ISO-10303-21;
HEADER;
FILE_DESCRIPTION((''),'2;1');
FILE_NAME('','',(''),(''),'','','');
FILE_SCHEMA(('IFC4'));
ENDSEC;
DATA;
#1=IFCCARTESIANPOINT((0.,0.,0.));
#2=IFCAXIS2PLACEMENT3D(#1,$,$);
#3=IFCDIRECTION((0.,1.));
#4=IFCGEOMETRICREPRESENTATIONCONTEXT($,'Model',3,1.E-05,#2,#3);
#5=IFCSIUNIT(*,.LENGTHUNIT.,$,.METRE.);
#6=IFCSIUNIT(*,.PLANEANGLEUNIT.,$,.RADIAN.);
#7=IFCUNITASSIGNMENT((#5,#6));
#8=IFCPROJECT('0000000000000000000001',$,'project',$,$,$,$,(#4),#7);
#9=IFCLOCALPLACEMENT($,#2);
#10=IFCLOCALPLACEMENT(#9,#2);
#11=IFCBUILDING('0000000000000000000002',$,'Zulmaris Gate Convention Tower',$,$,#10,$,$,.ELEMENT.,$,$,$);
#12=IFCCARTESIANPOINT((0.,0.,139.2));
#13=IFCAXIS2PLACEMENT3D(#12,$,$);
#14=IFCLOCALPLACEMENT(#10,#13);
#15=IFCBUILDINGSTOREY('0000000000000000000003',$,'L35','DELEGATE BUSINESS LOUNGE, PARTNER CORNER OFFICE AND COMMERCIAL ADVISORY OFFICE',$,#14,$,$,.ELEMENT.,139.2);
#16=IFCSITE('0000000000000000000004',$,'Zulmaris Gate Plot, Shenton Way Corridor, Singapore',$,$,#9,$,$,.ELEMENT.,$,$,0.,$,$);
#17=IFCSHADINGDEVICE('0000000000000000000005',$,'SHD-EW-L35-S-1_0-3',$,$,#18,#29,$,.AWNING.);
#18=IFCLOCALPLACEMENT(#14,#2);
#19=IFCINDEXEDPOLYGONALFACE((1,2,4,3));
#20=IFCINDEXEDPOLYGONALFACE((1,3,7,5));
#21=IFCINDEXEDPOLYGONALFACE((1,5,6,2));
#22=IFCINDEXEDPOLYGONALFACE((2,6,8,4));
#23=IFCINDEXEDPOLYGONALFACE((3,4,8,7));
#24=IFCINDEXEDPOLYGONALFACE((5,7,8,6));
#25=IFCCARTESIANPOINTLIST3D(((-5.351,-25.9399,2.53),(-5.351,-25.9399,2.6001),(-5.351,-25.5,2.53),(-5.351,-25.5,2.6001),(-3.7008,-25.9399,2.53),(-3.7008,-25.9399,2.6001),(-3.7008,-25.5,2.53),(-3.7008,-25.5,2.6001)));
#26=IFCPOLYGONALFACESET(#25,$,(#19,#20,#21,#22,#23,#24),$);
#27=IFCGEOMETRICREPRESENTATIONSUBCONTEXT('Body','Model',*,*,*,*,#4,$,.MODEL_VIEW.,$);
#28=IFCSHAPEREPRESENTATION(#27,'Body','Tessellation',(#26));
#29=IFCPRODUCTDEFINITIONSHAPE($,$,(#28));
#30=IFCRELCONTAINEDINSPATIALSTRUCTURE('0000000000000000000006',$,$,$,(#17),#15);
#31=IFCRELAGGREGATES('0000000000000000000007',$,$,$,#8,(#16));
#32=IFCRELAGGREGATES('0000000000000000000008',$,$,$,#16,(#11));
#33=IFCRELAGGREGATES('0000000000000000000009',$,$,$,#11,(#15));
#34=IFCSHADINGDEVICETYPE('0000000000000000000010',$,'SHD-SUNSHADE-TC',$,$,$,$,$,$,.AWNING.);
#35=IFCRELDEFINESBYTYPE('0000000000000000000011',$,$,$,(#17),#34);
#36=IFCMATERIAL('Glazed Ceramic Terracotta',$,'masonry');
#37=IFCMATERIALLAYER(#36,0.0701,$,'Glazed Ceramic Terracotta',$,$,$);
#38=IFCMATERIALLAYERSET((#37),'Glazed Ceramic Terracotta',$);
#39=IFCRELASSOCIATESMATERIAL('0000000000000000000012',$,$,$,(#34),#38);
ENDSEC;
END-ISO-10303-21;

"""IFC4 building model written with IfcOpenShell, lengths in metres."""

from ifc_helpers import new_model, si_unit, direction, frame, frame_2d, origin, place, context, subcontext, project, spatial, rectangle, extrude, material, layer, layer_set, type_object, element, save


model = new_model("IFC4")

# Units and contexts
model_context = context("Model", 3, precision=1e-05, world=origin(), true_north=direction((0.0, 1.0)))
body_context = subcontext(model_context, "Body", "Model", "MODEL_VIEW")
ifc_project = project(units=[si_unit("LENGTHUNIT", "METRE"), si_unit("PLANEANGLEUNIT", "RADIAN")], contexts=[model_context])

# Site, building, storey
site_placement = place(None, origin())
site = spatial("IfcSite", under=ifc_project, at=site_placement, Name="Zulmaris Gate Plot, Shenton Way Corridor, Singapore", CompositionType="ELEMENT", RefElevation=0.0)
building_placement = place(site_placement, origin())
building = spatial("IfcBuilding", under=site, at=building_placement, Name="Zulmaris Gate Convention Tower", CompositionType="ELEMENT")
storey_placement = place(building_placement, frame((0.0, 0.0, 139.2)))
storey = spatial("IfcBuildingStorey", under=building, at=storey_placement, Name="L35", Description="DELEGATE BUSINESS LOUNGE, PARTNER CORNER OFFICE AND COMMERCIAL ADVISORY OFFICE", CompositionType="ELEMENT", Elevation=139.2)

# Shading device
ifc_material_1 = material(Name="Glazed Ceramic Terracotta", Category="masonry")
ifc_layer_1 = layer(ifc_material_1, 0.0701, Name="Glazed Ceramic Terracotta")
ifc_layer_set_1 = layer_set([ifc_layer_1], Name="Glazed Ceramic Terracotta")
shading_device_type = type_object("IfcShadingDeviceType", Name="SHD-SUNSHADE-TC", PredefinedType="AWNING", material=ifc_layer_set_1)
shading_device_placement = place(storey_placement, frame((-5.3511, -25.72, 2.53), z_axis=(0.0, 0.0, 1.0), x_axis=(1.0, 0.0, 0.0)))
element("IfcShadingDevice", 1, at=shading_device_placement, inside=storey, type_object=shading_device_type, Name="SHD-EW-L35-S-1_0-3", PredefinedType="AWNING", context=body_context, shape_type="SweptSolid", body=[
    extrude(rectangle(XDim=1.6501, YDim=0.4399, at=frame_2d((0.8252, 0.0))), origin(), (0.0, 0.0, 1.0), 0.0701),
])

save(model, "model.ifc")
